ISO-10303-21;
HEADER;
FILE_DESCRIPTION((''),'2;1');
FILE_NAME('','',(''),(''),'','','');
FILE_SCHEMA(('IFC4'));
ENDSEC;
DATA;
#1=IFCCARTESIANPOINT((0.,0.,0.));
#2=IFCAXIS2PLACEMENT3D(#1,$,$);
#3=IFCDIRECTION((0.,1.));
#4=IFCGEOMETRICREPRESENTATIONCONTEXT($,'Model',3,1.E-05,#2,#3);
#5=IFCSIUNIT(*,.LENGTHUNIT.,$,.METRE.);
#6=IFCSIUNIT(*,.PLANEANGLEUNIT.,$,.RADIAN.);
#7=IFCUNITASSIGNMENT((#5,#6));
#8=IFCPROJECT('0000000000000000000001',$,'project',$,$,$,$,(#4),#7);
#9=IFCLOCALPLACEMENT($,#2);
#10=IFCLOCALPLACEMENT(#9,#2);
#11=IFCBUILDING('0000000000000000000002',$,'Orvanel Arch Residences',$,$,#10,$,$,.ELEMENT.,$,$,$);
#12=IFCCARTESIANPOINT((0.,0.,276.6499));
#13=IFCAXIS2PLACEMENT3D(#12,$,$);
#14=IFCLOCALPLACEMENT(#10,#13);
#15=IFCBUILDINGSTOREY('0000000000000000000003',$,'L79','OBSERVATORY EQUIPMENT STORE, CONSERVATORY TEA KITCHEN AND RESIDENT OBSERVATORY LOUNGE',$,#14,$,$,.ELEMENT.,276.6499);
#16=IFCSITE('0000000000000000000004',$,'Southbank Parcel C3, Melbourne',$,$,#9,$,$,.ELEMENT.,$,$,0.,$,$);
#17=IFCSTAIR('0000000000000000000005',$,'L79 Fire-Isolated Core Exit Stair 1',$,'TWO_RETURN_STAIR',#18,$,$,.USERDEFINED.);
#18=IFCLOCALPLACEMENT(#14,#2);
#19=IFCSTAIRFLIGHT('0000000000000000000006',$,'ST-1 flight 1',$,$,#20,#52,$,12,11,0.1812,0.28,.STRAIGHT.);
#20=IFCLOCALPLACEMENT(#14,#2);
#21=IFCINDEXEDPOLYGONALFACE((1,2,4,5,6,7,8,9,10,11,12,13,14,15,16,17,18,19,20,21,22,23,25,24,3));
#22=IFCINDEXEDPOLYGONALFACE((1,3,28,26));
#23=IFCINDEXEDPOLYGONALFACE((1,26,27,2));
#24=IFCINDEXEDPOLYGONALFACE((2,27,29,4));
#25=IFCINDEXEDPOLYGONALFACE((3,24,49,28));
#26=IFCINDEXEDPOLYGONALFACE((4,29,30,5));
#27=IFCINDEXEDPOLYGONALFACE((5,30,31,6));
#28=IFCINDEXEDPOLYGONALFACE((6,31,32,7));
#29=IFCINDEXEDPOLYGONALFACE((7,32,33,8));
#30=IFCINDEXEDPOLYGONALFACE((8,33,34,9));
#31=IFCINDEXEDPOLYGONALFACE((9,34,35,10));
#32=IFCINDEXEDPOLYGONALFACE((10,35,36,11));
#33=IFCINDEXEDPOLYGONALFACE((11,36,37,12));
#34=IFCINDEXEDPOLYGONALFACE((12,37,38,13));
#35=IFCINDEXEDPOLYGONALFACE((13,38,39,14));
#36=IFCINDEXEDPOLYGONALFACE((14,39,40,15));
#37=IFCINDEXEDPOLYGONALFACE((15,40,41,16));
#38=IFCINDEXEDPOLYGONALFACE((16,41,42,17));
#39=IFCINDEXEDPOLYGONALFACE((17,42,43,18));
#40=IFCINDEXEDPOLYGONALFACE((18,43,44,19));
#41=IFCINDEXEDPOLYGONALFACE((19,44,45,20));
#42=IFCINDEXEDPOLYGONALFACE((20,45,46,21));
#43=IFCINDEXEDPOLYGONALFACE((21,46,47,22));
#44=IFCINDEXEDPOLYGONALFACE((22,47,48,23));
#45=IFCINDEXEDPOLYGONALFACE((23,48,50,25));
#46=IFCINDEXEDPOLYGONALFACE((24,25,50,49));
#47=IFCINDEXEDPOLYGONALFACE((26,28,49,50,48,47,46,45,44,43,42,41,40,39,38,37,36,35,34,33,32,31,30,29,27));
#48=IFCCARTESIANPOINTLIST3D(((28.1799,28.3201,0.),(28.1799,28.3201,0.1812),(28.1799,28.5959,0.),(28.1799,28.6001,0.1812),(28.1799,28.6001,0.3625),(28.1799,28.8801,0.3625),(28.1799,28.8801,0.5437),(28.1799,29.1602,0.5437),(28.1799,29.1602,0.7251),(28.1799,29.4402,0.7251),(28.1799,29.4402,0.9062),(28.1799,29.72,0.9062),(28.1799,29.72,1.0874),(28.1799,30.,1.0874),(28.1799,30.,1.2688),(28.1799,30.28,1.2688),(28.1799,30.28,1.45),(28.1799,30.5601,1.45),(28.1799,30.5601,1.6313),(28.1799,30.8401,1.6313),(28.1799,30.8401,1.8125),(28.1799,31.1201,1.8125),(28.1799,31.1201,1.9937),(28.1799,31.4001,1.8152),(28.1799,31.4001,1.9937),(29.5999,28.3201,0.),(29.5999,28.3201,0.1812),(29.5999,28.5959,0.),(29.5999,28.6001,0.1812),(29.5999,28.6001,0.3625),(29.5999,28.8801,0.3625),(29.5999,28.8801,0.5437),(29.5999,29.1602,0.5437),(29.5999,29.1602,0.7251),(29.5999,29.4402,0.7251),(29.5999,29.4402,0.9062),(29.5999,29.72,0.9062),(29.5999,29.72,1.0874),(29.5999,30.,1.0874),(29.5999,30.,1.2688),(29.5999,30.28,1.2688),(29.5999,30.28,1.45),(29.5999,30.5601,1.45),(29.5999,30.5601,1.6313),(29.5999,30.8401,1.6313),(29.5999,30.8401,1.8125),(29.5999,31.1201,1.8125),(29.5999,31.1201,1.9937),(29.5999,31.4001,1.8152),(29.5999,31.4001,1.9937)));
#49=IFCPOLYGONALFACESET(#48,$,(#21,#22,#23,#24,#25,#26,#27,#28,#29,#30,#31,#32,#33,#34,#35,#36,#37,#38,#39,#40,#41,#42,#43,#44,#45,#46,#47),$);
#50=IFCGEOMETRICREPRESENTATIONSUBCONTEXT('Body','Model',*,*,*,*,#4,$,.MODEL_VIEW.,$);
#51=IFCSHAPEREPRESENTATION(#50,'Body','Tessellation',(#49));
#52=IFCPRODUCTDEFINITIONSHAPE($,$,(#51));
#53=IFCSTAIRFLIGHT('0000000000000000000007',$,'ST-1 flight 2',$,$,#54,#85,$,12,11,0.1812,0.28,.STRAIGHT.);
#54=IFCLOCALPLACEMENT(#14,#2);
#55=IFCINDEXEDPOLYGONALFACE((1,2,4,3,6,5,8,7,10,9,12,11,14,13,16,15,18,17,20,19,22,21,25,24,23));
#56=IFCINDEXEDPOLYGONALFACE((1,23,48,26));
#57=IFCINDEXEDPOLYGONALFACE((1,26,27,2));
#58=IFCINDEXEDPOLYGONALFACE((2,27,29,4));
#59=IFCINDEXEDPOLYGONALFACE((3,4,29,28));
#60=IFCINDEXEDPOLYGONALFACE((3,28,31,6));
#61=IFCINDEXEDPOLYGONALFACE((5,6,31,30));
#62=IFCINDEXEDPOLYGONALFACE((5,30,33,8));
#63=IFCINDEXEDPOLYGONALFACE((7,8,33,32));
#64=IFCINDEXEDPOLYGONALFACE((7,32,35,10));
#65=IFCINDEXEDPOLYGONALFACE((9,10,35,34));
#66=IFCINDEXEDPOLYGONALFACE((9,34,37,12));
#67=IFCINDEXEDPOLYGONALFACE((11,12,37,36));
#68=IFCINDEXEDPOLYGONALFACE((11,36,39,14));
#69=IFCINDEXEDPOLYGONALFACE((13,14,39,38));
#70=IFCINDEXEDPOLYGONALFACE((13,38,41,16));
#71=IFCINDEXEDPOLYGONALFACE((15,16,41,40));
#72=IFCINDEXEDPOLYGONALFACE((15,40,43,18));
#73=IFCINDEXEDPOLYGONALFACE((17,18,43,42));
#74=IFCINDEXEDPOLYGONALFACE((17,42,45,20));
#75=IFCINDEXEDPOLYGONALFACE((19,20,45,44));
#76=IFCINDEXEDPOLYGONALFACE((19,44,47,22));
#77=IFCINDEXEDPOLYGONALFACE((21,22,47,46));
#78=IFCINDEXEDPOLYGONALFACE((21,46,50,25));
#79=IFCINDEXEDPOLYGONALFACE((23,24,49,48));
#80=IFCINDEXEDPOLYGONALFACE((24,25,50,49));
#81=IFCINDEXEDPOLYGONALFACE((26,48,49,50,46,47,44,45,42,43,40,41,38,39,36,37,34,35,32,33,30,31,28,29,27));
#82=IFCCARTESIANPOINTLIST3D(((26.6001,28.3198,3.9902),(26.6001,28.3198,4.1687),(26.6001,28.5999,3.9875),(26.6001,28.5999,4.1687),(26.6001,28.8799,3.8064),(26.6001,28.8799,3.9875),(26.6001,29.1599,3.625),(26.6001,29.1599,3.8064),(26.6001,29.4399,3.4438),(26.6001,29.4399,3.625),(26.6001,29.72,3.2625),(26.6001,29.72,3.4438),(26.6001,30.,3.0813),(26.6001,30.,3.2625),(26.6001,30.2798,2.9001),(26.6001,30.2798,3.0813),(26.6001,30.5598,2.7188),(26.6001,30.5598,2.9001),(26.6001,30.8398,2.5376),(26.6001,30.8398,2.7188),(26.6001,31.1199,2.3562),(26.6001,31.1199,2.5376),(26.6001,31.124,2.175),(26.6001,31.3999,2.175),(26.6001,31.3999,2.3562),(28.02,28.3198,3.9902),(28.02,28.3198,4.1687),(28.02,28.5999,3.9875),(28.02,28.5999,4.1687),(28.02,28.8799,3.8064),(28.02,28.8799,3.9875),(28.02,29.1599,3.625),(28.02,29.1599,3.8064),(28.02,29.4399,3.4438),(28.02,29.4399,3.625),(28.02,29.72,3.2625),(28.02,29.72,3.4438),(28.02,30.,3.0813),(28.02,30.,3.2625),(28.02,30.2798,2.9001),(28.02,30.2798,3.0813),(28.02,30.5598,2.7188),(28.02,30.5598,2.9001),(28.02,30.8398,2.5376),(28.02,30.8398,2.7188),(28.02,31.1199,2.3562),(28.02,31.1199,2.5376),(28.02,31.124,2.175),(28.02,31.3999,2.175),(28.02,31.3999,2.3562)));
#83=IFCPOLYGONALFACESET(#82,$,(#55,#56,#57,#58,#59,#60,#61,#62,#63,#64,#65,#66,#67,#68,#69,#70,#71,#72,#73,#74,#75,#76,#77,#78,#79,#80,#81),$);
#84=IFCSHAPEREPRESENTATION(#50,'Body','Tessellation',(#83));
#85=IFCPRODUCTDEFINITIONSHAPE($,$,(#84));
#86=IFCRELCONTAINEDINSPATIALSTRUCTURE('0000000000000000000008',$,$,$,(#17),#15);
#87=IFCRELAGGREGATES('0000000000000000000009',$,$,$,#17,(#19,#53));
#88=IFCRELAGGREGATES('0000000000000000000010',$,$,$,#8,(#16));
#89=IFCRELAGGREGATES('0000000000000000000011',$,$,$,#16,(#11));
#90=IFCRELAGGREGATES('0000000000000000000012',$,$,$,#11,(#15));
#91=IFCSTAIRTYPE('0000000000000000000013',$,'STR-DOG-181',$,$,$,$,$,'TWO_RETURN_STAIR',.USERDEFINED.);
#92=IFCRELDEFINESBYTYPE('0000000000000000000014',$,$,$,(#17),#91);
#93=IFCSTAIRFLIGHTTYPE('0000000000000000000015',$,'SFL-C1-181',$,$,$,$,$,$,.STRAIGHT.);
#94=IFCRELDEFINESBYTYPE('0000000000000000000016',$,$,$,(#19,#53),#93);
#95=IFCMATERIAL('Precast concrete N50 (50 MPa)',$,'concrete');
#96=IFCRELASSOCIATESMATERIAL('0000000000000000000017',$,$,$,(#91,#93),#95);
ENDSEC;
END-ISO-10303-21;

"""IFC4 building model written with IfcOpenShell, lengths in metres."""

from ifc_helpers import new_model, si_unit, direction, frame, origin, place, context, subcontext, project, spatial, polyline, outline, extrude, material, type_object, element, aggregate, save


model = new_model("IFC4")

# Units and contexts
model_context = context("Model", 3, precision=1e-05, world=origin(), true_north=direction((0.0, 1.0)))
body_context = subcontext(model_context, "Body", "Model", "MODEL_VIEW")
ifc_project = project(units=[si_unit("LENGTHUNIT", "METRE"), si_unit("PLANEANGLEUNIT", "RADIAN")], contexts=[model_context])

# Site, building, storey
site_placement = place(None, origin())
site = spatial("IfcSite", under=ifc_project, at=site_placement, Name="Southbank Parcel C3, Melbourne", CompositionType="ELEMENT", RefElevation=0.0)
building_placement = place(site_placement, origin())
building = spatial("IfcBuilding", under=site, at=building_placement, Name="Orvanel Arch Residences", CompositionType="ELEMENT")
storey_placement = place(building_placement, frame((0.0, 0.0, 276.6499)))
storey = spatial("IfcBuildingStorey", under=building, at=storey_placement, Name="L79", Description="OBSERVATORY EQUIPMENT STORE, CONSERVATORY TEA KITCHEN AND RESIDENT OBSERVATORY LOUNGE", CompositionType="ELEMENT", Elevation=276.6499)

# Stair, stair flights
ifc_material_1 = material(Name="Precast concrete N50 (50 MPa)", Category="concrete")
stair_type = type_object("IfcStairType", Name="STR-DOG-181", ElementType="TWO_RETURN_STAIR", PredefinedType="USERDEFINED", material=ifc_material_1)
stair_placement = place(storey_placement, origin())
stair = element("IfcStair", 1, at=stair_placement, inside=storey, type_object=stair_type, Name="L79 Fire-Isolated Core Exit Stair 1", ObjectType="TWO_RETURN_STAIR", PredefinedType="USERDEFINED")
stair_flight_type = type_object("IfcStairFlightType", Name="SFL-C1-181", PredefinedType="STRAIGHT", material=ifc_material_1)
stair_flight_1_placement = place(storey_placement, frame((28.8899, 28.3201, 0.0), z_axis=(0.0, 0.0, 1.0), x_axis=(0.0, 1.0, 0.0)))
stair_flight_1 = element("IfcStairFlight", 2, at=stair_flight_1_placement, type_object=stair_flight_type, Name="ST-1 flight 1", NumberOfRisers=12, NumberOfTreads=11, PredefinedType="STRAIGHT", RiserHeight=0.1812, TreadLength=0.28, context=body_context, shape_type="SweptSolid", body=[
    extrude(outline(polyline([(0.0, 0.0), (0.0, 0.1812), (0.28, 0.1812), (0.28, 0.3625), (0.5601, 0.3625), (0.5601, 0.5437), (0.8401, 0.5437), (0.8401, 0.7251), (1.1201, 0.7251), (1.1201, 0.9062), (1.3999, 0.9062), (1.3999, 1.0874), (1.6799, 1.0874), (1.6799, 1.2688), (1.96, 1.2688), (1.96, 1.45), (2.24, 1.45), (2.24, 1.6313), (2.52, 1.6313), (2.52, 1.8125), (2.8, 1.8125), (2.8, 1.9937), (3.0801, 1.9937), (3.0801, 2.175), (3.0801, 1.8152), (0.2759, 0.0), (0.0, 0.0)])), frame((0.0, 0.71, 0.0), z_axis=(0.0, -1.0, 0.0), x_axis=(1.0, 0.0, 0.0)), (0.0, 0.0, 1.0), 1.4199),
])
stair_flight_2_placement = place(storey_placement, frame((27.3101, 31.3999, 2.175), z_axis=(0.0, 0.0, 1.0), x_axis=(0.0, -1.0, 0.0)))
stair_flight_2 = element("IfcStairFlight", 3, at=stair_flight_2_placement, type_object=stair_flight_type, Name="ST-1 flight 2", NumberOfRisers=12, NumberOfTreads=11, PredefinedType="STRAIGHT", RiserHeight=0.1812, TreadLength=0.28, context=body_context, shape_type="SweptSolid", body=[
    extrude(outline(polyline([(0.0, 0.0), (0.0, 0.1812), (0.28, 0.1812), (0.28, 0.3625), (0.5601, 0.3625), (0.5601, 0.5437), (0.8401, 0.5437), (0.8401, 0.7251), (1.1201, 0.7251), (1.1201, 0.9062), (1.3999, 0.9062), (1.3999, 1.0874), (1.6799, 1.0874), (1.6799, 1.2688), (1.96, 1.2688), (1.96, 1.45), (2.24, 1.45), (2.24, 1.6313), (2.52, 1.6313), (2.52, 1.8125), (2.8, 1.8125), (2.8, 1.9937), (3.0801, 1.9937), (3.0801, 2.175), (3.0801, 1.8152), (0.2759, 0.0), (0.0, 0.0)])), frame((0.0, 0.71, 0.0), z_axis=(0.0, -1.0, 0.0), x_axis=(1.0, 0.0, 0.0)), (0.0, 0.0, 1.0), 1.4199),
])
aggregate(stair, [stair_flight_1, stair_flight_2])

save(model, "model.ifc")
